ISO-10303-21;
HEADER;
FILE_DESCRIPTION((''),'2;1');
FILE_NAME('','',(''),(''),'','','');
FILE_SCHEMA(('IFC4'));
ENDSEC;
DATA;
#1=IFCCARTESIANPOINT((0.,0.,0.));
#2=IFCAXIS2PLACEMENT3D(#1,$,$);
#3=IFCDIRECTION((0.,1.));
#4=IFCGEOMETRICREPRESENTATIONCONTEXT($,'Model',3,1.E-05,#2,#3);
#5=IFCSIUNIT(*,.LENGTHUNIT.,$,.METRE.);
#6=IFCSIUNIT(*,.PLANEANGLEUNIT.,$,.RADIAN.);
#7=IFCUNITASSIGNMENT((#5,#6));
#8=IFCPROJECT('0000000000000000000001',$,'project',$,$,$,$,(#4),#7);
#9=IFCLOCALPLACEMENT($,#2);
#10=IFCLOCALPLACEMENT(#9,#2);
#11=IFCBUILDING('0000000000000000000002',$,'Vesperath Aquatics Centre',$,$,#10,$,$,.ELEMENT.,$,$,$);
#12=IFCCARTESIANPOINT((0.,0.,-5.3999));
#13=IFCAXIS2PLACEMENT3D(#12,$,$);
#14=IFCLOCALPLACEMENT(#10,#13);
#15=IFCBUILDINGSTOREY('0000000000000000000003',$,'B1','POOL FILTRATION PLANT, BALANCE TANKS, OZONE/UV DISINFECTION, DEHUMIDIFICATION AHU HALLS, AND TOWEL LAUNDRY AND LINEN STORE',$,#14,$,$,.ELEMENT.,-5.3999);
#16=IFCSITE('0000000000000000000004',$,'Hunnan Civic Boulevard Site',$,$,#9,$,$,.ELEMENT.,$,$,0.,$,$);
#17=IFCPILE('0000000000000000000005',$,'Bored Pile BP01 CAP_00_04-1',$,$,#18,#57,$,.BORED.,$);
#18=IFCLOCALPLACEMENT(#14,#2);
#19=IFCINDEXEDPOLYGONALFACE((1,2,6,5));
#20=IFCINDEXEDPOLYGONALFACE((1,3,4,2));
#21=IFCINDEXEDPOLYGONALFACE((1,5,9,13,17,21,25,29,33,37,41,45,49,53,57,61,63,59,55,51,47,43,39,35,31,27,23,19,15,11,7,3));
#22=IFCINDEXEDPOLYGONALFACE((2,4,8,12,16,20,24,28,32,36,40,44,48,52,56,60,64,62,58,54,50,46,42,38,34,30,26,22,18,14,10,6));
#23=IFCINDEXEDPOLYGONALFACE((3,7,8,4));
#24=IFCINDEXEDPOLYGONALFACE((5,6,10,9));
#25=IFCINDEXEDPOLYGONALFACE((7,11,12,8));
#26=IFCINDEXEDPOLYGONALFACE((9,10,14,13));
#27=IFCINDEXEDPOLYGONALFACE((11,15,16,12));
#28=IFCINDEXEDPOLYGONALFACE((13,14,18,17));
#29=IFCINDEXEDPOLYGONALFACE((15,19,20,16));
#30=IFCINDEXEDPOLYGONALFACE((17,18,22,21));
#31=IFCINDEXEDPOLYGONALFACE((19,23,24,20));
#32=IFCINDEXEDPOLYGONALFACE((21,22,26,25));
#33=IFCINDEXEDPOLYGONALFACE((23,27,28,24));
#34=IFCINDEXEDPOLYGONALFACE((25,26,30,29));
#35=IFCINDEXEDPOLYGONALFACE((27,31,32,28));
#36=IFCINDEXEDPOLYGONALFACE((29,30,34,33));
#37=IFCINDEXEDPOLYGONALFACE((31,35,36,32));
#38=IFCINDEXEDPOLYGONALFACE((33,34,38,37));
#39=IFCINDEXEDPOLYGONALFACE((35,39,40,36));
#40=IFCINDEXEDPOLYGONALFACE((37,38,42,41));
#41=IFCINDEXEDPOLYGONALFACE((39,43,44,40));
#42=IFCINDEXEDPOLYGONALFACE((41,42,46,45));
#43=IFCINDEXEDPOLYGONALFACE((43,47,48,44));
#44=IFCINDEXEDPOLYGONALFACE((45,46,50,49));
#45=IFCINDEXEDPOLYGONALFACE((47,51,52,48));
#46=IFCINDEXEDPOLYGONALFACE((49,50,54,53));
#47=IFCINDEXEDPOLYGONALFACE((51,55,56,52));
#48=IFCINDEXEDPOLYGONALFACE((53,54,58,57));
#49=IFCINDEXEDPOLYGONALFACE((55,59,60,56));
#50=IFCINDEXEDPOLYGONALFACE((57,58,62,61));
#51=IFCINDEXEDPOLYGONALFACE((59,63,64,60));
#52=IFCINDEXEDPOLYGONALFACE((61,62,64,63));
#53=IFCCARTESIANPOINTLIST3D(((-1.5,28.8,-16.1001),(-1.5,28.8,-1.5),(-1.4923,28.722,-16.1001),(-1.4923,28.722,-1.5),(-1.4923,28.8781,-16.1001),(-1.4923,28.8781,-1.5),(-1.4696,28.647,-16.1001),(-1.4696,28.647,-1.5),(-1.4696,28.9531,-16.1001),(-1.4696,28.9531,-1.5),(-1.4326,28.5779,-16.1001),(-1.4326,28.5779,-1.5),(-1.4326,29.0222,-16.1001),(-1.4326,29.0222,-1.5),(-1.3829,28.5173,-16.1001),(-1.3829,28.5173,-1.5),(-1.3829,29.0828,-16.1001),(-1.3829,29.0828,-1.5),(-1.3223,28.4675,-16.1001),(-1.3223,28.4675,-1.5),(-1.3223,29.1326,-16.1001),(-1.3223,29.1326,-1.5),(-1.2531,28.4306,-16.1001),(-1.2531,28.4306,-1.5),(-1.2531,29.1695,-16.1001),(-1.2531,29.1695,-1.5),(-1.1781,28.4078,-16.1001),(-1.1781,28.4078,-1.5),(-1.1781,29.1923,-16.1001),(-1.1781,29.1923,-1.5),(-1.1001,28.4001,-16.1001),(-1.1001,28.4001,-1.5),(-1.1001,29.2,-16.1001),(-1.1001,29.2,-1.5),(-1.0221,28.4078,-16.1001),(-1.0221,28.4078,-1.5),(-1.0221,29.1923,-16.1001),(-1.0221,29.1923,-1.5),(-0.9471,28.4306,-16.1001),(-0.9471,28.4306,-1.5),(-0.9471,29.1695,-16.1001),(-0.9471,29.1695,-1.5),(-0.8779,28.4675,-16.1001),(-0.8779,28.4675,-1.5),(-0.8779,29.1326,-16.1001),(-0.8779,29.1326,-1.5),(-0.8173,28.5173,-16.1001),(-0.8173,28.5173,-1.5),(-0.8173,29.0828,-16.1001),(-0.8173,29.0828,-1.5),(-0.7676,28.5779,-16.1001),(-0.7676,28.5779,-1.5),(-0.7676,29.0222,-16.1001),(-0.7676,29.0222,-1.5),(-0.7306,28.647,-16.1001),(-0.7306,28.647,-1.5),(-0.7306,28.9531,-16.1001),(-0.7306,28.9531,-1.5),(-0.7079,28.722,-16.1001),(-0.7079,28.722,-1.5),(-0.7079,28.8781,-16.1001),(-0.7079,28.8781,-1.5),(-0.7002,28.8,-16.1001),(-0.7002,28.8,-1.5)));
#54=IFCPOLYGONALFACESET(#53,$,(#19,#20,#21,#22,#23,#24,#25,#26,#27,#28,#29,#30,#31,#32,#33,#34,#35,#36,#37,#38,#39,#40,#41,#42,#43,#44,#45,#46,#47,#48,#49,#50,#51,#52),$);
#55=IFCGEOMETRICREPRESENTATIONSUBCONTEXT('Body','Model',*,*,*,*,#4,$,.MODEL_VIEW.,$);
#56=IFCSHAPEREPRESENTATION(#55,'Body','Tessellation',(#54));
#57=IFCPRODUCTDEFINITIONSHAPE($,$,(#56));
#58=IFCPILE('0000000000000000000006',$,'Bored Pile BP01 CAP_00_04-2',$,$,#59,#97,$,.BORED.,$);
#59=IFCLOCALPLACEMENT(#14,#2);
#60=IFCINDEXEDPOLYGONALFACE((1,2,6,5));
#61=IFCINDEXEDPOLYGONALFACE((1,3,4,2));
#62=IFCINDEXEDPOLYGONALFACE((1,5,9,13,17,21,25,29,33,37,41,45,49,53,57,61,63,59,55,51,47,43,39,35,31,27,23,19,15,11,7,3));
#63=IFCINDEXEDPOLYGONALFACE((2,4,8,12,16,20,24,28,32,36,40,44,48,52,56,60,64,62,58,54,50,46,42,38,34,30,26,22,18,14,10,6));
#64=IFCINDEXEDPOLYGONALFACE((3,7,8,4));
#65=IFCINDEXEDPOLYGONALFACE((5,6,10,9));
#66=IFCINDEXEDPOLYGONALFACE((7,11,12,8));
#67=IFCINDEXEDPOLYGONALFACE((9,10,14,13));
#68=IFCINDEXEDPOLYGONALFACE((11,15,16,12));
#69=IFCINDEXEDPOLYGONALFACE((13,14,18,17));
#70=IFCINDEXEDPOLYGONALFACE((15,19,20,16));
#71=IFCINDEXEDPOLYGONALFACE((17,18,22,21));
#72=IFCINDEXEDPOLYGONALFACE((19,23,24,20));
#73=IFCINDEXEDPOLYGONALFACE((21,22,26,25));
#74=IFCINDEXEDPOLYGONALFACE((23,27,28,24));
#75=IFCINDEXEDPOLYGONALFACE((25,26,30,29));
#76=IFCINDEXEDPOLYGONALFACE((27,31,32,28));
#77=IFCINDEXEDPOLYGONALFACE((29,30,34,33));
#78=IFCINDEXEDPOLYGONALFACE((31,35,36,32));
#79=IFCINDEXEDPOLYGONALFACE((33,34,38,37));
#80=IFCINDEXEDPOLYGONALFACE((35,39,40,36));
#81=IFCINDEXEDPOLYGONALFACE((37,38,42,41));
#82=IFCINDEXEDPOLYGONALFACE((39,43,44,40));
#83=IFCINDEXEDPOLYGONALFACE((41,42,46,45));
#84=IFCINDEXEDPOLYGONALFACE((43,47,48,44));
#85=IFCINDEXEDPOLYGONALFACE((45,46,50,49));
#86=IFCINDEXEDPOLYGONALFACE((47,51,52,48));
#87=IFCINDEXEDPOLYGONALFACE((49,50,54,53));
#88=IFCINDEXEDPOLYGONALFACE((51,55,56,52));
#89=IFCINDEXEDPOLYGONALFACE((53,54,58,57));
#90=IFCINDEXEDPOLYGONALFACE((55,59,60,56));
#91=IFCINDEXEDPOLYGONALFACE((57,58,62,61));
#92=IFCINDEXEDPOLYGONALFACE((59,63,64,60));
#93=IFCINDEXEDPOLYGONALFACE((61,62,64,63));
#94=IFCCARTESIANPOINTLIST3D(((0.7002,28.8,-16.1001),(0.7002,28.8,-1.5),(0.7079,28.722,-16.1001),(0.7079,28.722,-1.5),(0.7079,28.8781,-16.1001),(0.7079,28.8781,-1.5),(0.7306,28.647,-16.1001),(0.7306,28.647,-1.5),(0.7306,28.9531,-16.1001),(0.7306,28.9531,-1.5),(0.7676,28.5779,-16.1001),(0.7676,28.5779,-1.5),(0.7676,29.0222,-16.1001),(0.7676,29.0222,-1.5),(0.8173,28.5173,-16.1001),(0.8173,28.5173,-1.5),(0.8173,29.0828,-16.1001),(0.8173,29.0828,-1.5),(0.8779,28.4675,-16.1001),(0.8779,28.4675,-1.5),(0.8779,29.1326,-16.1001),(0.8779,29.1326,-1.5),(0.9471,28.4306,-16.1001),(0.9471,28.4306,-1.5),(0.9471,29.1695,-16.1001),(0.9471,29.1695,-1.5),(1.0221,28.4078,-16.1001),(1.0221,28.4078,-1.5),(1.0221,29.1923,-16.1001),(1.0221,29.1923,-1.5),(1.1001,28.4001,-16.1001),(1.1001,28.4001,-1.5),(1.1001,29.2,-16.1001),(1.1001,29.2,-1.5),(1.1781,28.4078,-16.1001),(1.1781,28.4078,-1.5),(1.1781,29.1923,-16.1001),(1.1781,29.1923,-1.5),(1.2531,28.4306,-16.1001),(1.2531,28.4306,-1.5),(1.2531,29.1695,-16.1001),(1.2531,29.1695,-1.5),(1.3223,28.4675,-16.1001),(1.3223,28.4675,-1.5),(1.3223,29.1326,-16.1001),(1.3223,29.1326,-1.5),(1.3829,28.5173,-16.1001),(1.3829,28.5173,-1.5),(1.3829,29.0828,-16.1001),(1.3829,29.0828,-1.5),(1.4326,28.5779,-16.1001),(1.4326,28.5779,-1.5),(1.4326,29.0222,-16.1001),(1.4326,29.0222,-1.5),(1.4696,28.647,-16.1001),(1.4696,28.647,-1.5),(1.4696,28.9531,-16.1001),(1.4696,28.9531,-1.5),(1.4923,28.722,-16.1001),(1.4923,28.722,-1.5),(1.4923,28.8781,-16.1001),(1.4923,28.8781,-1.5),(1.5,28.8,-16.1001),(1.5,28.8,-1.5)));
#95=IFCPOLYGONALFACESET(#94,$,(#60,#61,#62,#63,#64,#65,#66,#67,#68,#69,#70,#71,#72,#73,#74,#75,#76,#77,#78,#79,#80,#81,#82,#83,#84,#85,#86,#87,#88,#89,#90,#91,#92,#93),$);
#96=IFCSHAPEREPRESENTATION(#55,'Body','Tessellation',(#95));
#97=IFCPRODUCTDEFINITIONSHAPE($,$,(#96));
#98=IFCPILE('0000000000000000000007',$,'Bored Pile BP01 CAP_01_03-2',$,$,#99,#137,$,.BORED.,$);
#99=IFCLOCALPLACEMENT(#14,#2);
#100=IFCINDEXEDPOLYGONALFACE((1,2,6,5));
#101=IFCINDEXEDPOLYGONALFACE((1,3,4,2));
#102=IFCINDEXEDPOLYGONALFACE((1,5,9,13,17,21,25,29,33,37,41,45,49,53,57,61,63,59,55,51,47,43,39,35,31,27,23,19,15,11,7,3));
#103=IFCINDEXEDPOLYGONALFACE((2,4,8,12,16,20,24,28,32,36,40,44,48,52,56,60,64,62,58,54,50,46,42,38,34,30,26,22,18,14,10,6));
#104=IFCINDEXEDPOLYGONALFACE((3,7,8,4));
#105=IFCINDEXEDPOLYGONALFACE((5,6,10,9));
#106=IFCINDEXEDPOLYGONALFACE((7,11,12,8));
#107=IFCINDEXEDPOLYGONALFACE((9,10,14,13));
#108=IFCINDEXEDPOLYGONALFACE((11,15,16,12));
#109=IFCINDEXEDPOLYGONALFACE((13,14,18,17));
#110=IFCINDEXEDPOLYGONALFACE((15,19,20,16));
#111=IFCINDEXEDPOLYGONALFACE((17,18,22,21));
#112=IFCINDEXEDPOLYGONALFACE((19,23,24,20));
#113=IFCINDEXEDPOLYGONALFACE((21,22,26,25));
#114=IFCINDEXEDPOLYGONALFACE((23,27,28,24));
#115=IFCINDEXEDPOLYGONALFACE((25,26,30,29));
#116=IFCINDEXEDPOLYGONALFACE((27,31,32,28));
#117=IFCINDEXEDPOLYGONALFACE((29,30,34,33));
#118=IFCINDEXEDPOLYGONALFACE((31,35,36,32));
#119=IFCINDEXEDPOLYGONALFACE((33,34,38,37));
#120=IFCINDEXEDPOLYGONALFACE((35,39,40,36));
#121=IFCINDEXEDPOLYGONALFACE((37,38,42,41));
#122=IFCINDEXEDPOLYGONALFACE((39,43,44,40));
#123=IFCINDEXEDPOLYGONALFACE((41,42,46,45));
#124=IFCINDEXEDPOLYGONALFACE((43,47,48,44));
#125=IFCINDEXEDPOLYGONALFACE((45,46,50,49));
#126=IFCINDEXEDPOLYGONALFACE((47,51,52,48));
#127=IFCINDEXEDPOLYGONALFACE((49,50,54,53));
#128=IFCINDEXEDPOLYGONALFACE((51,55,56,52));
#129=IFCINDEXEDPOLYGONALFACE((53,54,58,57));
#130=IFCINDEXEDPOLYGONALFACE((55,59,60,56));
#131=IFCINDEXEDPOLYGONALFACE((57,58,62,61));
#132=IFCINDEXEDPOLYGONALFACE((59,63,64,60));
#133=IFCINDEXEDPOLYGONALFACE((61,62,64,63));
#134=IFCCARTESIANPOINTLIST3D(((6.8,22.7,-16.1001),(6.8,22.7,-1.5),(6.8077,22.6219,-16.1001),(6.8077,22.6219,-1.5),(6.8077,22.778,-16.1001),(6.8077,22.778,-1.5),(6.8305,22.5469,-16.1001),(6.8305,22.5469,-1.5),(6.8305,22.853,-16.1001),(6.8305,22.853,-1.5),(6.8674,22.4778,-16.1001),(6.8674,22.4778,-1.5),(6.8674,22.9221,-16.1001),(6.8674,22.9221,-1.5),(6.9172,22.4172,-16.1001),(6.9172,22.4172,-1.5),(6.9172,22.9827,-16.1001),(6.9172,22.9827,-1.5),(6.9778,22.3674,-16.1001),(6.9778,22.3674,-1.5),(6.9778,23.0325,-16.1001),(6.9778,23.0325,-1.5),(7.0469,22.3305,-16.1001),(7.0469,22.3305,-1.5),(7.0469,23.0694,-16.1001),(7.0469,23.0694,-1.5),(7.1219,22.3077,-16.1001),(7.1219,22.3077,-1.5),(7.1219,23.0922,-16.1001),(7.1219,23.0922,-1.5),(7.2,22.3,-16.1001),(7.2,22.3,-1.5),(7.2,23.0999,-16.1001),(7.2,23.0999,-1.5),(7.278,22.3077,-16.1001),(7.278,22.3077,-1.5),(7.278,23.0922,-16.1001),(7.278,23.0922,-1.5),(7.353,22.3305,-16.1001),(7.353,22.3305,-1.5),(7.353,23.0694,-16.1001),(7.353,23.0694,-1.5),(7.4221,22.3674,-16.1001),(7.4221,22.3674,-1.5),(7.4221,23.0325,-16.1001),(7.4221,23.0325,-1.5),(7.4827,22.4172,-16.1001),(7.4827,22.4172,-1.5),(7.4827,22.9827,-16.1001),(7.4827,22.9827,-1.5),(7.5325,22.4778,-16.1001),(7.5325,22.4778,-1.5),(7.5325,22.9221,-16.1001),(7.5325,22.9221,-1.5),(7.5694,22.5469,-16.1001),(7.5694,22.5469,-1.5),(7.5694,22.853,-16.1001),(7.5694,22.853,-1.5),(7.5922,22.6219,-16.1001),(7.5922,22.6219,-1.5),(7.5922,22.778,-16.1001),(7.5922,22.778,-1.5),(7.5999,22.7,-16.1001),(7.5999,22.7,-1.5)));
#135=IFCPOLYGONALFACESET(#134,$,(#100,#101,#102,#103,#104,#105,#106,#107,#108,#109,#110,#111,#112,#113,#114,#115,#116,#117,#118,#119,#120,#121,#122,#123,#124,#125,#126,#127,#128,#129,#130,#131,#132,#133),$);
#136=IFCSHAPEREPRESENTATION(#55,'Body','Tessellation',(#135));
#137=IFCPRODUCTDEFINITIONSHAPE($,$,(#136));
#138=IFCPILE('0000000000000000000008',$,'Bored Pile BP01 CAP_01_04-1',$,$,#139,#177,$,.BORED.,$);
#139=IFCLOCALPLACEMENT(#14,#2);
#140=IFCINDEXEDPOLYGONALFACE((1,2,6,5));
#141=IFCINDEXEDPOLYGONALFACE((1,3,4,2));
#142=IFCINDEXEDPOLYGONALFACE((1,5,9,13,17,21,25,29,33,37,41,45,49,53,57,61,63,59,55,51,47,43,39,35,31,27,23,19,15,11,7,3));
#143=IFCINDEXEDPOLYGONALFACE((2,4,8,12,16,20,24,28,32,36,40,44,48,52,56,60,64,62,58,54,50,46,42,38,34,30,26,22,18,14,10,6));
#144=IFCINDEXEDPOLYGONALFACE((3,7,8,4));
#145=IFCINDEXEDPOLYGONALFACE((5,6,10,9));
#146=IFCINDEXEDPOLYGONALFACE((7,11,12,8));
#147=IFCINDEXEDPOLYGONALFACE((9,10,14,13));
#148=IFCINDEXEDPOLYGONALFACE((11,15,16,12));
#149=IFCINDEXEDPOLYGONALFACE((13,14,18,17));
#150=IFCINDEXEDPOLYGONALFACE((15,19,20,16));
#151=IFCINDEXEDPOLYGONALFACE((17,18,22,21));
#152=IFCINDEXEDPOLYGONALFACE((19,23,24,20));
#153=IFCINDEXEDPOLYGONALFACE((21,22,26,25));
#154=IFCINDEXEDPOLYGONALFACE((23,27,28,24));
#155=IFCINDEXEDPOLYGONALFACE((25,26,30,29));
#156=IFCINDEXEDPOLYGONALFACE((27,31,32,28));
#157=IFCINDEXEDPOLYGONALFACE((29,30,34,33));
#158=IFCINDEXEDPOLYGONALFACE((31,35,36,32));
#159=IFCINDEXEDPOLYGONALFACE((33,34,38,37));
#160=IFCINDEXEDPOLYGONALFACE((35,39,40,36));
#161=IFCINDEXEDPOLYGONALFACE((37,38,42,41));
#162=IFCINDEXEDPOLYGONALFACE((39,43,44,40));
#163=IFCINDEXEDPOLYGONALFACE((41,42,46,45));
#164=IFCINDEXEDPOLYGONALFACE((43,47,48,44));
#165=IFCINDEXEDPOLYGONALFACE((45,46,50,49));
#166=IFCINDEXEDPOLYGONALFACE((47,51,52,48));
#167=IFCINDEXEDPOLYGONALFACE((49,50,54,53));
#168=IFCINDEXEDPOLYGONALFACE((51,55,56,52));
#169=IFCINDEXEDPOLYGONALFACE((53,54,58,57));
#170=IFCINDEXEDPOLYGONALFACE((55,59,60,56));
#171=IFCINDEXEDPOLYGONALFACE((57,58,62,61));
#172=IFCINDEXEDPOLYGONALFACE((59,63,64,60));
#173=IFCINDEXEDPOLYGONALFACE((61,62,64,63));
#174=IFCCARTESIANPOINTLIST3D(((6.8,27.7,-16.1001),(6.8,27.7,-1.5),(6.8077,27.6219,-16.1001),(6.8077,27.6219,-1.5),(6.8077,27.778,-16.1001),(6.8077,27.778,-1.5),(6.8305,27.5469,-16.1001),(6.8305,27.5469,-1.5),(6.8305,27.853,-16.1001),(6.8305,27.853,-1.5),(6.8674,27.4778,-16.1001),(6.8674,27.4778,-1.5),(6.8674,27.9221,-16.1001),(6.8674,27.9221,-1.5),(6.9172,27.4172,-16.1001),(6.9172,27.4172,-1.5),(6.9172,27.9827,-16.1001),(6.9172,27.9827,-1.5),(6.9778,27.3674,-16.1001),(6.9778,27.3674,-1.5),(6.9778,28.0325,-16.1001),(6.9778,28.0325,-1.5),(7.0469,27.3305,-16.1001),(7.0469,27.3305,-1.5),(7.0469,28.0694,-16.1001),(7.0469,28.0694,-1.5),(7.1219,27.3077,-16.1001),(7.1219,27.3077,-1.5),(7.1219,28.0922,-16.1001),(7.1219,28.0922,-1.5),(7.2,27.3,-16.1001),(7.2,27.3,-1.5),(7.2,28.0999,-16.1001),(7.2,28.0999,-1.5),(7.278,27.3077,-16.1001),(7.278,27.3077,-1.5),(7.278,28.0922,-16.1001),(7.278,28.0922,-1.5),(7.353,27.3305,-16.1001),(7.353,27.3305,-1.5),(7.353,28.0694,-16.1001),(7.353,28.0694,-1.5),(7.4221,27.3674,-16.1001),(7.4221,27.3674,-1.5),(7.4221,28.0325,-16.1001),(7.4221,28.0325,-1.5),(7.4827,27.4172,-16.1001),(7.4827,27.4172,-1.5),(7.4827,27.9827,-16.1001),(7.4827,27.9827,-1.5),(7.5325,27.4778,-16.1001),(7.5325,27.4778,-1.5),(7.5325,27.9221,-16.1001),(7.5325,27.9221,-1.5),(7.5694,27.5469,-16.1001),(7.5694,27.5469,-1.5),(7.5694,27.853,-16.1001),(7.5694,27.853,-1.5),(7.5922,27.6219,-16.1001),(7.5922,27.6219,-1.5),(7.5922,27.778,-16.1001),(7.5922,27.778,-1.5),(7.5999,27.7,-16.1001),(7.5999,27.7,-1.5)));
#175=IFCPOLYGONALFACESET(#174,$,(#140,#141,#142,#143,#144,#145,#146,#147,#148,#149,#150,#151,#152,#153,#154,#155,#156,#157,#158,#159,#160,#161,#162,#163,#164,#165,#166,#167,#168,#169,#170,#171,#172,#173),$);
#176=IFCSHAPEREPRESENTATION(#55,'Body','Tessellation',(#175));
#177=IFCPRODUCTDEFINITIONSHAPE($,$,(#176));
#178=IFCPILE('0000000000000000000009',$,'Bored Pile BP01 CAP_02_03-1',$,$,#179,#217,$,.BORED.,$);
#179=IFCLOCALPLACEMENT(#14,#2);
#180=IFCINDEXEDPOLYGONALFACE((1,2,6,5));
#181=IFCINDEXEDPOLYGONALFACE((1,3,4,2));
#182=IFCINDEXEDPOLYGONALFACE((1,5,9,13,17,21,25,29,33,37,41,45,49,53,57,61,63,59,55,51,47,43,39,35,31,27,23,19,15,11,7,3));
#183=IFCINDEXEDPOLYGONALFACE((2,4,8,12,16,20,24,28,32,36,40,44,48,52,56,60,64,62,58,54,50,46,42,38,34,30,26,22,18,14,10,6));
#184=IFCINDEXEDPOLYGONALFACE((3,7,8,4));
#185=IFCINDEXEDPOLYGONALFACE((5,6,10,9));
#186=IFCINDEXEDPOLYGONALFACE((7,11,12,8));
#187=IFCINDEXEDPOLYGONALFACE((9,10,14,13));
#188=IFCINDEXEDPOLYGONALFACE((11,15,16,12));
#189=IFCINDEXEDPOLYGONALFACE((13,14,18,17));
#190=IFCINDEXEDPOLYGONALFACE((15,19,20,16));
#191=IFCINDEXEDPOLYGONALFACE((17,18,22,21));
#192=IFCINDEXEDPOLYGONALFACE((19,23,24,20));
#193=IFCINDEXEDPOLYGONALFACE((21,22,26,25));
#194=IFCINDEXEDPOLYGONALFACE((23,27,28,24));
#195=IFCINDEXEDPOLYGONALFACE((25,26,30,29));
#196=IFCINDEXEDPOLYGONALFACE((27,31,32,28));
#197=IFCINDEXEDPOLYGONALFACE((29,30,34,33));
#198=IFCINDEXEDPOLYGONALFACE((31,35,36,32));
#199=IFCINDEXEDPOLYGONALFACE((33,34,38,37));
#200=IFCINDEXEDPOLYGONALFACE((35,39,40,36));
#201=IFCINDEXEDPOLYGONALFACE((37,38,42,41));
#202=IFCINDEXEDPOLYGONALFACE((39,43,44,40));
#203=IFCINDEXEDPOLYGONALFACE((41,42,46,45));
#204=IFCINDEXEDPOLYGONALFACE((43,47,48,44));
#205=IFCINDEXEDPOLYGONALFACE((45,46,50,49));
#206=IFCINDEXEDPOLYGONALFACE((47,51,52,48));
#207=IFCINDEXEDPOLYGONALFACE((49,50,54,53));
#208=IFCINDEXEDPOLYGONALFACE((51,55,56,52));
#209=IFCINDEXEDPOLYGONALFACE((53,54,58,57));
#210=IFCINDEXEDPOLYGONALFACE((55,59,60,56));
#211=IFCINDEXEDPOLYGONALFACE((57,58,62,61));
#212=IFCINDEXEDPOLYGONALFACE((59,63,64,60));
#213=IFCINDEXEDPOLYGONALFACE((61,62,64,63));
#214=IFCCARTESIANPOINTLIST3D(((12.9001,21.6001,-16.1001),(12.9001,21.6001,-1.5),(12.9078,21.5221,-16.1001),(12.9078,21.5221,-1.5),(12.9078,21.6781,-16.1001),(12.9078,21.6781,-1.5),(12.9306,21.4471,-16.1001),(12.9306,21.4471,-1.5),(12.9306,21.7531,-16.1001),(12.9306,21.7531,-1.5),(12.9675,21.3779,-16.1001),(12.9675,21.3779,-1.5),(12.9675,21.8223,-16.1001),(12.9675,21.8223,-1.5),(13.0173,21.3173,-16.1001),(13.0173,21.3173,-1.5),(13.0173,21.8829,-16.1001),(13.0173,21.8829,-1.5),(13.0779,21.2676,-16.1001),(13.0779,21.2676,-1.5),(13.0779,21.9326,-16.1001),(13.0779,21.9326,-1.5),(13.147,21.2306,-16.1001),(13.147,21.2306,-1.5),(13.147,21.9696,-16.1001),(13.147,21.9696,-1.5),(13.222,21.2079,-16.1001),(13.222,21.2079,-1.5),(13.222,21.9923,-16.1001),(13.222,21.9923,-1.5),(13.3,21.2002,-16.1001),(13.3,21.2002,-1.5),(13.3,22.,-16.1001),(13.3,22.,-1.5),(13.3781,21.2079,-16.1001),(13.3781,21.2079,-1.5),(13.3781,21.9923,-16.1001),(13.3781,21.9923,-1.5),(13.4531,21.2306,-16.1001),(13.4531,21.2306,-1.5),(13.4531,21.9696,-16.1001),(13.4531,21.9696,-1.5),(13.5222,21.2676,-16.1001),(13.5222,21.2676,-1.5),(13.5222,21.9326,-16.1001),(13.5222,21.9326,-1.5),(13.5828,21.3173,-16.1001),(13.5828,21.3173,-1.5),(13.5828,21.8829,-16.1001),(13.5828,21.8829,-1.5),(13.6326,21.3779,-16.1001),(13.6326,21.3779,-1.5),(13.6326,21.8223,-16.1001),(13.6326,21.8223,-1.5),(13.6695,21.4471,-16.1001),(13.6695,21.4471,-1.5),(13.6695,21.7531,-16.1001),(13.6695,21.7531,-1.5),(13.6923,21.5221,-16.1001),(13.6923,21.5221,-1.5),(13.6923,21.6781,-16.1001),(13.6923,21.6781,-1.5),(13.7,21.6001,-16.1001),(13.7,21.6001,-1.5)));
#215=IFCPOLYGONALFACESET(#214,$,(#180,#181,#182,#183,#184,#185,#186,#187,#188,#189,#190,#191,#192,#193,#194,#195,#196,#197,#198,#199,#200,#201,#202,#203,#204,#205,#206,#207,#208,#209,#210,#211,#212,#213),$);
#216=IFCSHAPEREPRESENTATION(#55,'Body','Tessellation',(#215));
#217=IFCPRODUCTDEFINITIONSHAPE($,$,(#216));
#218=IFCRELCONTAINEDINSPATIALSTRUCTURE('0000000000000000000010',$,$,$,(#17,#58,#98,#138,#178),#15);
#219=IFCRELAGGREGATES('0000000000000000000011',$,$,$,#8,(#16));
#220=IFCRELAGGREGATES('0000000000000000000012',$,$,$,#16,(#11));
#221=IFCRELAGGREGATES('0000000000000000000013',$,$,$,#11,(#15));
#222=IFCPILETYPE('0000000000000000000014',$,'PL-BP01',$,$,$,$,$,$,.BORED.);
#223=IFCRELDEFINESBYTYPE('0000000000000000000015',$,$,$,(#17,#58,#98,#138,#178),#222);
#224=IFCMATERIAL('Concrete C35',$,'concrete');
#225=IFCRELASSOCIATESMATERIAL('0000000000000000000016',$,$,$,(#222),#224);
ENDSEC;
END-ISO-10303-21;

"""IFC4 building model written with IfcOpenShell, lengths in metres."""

from ifc_helpers import new_model, si_unit, direction, frame, origin, origin_2d, place, context, subcontext, project, spatial, circle, extrude, material, material_profile, profile_set, type_object, element, save


model = new_model("IFC4")

# Units and contexts
model_context = context("Model", 3, precision=1e-05, world=origin(), true_north=direction((0.0, 1.0)))
body_context = subcontext(model_context, "Body", "Model", "MODEL_VIEW")
ifc_project = project(units=[si_unit("LENGTHUNIT", "METRE"), si_unit("PLANEANGLEUNIT", "RADIAN")], contexts=[model_context])

# Site, building, storey
site_placement = place(None, origin())
site = spatial("IfcSite", under=ifc_project, at=site_placement, Name="Hunnan Civic Boulevard Site", CompositionType="ELEMENT", RefElevation=0.0)
building_placement = place(site_placement, origin())
building = spatial("IfcBuilding", under=site, at=building_placement, Name="Vesperath Aquatics Centre", CompositionType="ELEMENT")
storey_placement = place(building_placement, frame((0.0, 0.0, -5.3999)))
storey = spatial("IfcBuildingStorey", under=building, at=storey_placement, Name="B1", Description="POOL FILTRATION PLANT, BALANCE TANKS, OZONE/UV DISINFECTION, DEHUMIDIFICATION AHU HALLS, AND TOWEL LAUNDRY AND LINEN STORE", CompositionType="ELEMENT", Elevation=-5.3999)

# Piles
ifc_material_1 = material(Name="Concrete C35", Category="concrete")
ifc_material_profile_1 = material_profile(ifc_material_1, circle(Radius=0.3999, at=origin_2d()), Name="PILE D800")
ifc_profile_set_1 = profile_set([ifc_material_profile_1], Name="Concrete C35")
pile_type = type_object("IfcPileType", Name="PL-BP01", PredefinedType="BORED", material=ifc_profile_set_1)
for number, where, z_axis, x_axis, name in (
    (1, (-1.1001, 28.8, -1.5), (0.0, 0.0, -1.0), (1.0, 0.0, 0.0), "Bored Pile BP01 CAP_00_04-1"),
    (2, (1.1001, 28.8, -1.5), (0.0, 0.0, -1.0), (1.0, 0.0, 0.0), "Bored Pile BP01 CAP_00_04-2"),
    (3, (7.2, 22.7, -1.5), (0.0, 0.0, -1.0), (1.0, 0.0, 0.0), "Bored Pile BP01 CAP_01_03-2"),
    (4, (7.2, 27.7, -1.5), (0.0, 0.0, -1.0), (1.0, 0.0, 0.0), "Bored Pile BP01 CAP_01_04-1"),
    (5, (13.3, 21.6001, -1.5), (0.0, 0.0, -1.0), (1.0, 0.0, 0.0), "Bored Pile BP01 CAP_02_03-1"),
):
    element("IfcPile", number, at=place(storey_placement, frame(where, z_axis=z_axis, x_axis=x_axis)), inside=storey, type_object=pile_type, Name=name, PredefinedType="BORED", context=body_context, shape_type="SweptSolid", body=[
        extrude(circle(Radius=0.3999, at=origin_2d()), origin(), (0.0, 0.0, 1.0), 14.6001),
    ])

save(model, "model.ifc")
